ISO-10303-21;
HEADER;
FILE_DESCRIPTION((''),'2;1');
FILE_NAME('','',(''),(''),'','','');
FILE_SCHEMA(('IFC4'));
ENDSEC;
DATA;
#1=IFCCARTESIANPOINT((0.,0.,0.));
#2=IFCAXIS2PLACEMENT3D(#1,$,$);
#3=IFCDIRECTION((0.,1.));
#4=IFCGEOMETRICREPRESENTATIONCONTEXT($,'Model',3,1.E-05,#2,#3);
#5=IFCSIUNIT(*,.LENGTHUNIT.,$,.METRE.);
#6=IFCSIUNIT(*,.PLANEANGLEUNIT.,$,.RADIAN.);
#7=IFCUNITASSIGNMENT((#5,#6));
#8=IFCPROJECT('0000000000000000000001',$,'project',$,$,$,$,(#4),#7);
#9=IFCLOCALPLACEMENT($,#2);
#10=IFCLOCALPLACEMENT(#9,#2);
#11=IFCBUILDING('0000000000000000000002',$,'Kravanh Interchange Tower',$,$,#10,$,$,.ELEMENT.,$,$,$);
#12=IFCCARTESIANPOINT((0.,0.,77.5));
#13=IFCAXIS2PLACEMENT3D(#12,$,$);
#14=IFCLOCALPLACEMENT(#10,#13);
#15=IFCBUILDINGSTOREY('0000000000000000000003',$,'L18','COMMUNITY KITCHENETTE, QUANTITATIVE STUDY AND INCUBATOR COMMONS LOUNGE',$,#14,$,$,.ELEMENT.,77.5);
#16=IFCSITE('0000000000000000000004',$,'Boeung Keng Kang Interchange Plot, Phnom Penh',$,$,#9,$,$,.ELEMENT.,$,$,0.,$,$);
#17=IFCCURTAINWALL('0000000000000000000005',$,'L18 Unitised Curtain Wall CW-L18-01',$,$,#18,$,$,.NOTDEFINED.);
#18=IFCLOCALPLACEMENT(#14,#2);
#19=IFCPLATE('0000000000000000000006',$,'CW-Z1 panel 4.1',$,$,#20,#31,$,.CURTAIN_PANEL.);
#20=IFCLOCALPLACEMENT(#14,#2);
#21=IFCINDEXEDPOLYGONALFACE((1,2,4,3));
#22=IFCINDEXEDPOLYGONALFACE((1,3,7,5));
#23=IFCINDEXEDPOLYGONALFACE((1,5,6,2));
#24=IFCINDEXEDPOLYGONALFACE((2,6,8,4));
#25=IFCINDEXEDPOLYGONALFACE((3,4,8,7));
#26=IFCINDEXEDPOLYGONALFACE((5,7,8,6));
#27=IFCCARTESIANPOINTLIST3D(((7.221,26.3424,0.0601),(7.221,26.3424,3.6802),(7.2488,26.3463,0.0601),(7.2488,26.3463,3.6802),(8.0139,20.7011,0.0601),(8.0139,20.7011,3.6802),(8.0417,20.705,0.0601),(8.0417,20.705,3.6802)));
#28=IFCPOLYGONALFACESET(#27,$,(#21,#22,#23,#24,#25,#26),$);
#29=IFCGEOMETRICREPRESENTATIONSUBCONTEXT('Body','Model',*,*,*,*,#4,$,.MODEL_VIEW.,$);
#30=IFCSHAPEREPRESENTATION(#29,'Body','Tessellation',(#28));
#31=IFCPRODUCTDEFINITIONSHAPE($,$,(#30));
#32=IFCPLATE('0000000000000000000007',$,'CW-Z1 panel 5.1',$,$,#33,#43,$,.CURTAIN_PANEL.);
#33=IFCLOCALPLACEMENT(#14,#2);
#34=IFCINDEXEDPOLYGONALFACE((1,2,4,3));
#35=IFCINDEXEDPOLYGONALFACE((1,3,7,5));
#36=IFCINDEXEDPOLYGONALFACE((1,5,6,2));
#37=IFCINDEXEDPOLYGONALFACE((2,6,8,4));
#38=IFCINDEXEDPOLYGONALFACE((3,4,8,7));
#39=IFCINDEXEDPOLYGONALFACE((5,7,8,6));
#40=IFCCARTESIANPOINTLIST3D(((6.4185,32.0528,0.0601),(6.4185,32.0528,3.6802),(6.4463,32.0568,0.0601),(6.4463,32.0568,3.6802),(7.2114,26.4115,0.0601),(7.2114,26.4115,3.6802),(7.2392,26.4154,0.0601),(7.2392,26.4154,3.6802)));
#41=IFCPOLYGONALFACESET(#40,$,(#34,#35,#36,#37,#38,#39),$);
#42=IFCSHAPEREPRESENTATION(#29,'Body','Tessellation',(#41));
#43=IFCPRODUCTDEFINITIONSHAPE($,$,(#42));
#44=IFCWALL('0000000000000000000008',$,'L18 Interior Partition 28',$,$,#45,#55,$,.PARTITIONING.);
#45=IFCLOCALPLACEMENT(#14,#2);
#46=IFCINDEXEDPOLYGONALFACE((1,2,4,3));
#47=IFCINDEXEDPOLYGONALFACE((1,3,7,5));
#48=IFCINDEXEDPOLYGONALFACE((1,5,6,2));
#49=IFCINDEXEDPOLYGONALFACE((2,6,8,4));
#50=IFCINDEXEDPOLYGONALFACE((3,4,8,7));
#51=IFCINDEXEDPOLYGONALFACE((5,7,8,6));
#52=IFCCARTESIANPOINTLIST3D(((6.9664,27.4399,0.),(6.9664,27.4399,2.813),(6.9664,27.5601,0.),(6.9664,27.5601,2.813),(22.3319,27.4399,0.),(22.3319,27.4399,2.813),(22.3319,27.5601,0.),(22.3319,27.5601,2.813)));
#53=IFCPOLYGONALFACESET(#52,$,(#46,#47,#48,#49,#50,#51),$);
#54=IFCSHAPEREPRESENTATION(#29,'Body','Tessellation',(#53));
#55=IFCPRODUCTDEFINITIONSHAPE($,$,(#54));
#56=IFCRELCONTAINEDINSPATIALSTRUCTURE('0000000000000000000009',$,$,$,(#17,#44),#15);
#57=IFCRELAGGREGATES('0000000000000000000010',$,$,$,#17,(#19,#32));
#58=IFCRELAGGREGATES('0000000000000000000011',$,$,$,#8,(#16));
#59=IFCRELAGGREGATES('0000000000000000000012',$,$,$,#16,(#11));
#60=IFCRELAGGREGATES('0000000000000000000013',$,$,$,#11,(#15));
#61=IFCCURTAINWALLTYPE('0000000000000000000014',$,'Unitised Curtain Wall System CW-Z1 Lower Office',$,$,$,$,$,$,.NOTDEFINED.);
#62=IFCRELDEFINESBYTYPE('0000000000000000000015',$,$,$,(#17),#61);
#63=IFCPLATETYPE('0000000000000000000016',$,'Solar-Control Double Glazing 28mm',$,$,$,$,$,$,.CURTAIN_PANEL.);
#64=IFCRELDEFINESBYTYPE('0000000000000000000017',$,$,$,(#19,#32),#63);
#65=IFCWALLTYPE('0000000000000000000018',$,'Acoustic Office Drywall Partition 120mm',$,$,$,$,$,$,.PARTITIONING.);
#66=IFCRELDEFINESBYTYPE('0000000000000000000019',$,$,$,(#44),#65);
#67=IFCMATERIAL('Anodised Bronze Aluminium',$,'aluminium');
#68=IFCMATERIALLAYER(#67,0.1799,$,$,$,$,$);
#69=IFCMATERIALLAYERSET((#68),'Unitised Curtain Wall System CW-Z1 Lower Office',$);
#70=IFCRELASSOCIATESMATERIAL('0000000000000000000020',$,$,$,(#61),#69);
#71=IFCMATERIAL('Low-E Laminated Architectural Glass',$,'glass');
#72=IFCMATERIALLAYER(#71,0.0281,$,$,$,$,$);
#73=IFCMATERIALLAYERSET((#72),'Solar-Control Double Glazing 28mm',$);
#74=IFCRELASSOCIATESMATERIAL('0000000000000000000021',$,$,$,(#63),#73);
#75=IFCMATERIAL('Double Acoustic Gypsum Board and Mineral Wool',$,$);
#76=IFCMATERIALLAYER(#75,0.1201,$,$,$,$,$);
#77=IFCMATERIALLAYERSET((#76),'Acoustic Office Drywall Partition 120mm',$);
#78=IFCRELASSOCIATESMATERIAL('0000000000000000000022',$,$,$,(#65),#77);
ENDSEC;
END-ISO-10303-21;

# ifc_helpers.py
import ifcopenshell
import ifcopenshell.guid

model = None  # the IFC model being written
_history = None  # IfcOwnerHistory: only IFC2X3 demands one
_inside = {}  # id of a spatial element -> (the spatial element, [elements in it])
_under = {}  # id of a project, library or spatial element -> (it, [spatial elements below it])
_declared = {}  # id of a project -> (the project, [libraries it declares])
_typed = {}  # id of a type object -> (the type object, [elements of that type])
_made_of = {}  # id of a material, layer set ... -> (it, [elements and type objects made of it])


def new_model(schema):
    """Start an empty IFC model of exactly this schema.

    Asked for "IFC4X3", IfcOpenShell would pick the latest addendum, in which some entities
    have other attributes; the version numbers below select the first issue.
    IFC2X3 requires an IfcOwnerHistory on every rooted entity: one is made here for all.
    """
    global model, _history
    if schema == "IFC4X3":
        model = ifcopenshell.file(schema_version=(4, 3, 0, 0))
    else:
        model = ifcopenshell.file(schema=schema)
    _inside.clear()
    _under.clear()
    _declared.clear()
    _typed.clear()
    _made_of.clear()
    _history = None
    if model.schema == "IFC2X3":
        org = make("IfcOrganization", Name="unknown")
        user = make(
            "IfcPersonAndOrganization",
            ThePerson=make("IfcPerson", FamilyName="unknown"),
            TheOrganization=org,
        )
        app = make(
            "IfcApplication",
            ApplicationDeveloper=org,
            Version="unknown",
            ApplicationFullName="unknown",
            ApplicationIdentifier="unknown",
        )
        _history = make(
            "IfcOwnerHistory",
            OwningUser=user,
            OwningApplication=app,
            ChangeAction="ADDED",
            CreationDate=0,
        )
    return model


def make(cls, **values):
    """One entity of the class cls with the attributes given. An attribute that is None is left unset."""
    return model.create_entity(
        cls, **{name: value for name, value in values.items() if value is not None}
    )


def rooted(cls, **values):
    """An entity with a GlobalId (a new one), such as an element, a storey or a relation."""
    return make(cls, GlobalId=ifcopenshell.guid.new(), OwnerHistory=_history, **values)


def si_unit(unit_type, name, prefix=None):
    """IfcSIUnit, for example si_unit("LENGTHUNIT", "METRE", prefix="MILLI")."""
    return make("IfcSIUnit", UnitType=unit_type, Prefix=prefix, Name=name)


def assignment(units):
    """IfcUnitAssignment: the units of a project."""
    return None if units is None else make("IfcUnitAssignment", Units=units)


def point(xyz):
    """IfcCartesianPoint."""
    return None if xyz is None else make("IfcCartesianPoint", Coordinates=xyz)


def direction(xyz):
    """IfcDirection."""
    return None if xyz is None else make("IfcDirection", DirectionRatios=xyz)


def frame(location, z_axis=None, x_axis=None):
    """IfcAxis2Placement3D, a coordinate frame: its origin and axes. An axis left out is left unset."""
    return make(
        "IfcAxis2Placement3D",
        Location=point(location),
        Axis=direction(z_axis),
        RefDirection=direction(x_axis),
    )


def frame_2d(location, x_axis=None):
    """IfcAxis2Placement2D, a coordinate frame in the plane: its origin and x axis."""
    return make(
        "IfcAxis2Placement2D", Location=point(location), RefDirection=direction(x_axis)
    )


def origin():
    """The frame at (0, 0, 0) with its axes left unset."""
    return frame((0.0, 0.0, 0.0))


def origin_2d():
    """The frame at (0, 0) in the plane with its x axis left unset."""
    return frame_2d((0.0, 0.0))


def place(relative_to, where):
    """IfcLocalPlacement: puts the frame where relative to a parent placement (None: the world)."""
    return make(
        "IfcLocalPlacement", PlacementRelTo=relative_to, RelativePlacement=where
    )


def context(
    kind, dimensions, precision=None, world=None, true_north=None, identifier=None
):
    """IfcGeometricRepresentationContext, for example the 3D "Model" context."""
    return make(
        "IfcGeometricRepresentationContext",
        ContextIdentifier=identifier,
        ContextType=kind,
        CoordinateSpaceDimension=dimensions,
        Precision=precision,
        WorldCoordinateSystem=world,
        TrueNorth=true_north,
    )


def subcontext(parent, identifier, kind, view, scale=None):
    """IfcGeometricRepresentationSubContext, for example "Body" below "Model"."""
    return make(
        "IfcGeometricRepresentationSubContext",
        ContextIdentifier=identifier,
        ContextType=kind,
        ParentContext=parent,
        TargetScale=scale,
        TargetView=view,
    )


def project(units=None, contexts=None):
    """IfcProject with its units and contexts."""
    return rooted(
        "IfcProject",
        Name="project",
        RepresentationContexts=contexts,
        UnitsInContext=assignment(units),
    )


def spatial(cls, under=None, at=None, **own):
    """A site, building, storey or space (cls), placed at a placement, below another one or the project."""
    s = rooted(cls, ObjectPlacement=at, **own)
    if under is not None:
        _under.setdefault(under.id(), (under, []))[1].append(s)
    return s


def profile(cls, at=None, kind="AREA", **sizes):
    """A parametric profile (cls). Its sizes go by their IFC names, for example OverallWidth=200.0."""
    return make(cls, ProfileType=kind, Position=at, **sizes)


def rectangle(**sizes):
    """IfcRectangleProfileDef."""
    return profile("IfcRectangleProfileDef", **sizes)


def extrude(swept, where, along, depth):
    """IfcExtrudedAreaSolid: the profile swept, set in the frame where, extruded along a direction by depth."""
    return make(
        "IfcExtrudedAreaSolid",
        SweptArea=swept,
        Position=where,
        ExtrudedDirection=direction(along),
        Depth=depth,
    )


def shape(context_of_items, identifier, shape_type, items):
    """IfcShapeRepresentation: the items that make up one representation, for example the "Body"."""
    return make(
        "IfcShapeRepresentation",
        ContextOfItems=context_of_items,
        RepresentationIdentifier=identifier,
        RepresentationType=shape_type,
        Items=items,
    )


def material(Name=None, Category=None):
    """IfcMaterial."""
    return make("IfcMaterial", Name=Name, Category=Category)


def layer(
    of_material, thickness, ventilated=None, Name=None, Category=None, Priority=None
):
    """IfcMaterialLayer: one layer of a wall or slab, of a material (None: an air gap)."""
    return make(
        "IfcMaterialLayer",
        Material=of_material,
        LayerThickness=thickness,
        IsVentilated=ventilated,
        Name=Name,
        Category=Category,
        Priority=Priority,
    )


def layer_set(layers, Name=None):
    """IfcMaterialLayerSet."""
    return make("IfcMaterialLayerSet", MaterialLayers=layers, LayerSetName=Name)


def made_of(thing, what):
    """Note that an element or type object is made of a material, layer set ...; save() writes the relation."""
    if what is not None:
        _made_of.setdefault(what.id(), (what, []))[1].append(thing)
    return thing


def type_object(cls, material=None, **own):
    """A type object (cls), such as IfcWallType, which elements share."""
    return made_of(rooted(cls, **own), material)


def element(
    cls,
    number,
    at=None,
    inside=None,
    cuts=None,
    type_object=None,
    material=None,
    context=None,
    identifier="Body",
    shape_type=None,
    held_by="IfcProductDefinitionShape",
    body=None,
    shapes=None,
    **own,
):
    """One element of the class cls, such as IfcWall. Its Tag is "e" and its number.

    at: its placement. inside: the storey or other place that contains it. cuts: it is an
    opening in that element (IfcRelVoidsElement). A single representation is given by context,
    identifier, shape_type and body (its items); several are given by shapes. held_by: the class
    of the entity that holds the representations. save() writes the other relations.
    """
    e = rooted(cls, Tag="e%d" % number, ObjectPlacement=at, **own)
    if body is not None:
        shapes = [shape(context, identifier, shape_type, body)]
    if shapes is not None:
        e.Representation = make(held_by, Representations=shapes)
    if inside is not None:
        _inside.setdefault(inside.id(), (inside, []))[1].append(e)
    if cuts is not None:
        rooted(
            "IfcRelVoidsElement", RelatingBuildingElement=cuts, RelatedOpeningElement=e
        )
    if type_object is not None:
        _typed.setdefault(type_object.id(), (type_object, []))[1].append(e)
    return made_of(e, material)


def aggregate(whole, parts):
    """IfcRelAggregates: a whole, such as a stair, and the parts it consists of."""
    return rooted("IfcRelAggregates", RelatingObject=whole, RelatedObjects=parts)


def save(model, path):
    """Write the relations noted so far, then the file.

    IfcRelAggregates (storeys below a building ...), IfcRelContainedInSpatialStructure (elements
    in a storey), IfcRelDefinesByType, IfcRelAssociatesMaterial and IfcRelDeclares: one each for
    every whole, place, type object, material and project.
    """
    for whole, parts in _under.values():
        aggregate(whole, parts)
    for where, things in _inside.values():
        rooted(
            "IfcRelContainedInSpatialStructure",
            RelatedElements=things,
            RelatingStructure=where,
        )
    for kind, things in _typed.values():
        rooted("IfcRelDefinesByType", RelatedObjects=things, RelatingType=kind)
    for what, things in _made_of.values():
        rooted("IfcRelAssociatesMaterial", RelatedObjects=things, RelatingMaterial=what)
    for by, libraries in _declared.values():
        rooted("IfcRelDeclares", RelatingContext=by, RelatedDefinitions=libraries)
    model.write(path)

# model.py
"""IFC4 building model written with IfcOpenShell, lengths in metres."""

from ifc_helpers import new_model, si_unit, direction, frame, frame_2d, origin, origin_2d, place, context, subcontext, project, spatial, rectangle, extrude, material, layer, layer_set, type_object, element, aggregate, save


model = new_model("IFC4")

# Units and contexts
model_context = context("Model", 3, precision=1e-05, world=origin(), true_north=direction((0.0, 1.0)))
body_context = subcontext(model_context, "Body", "Model", "MODEL_VIEW")
ifc_project = project(units=[si_unit("LENGTHUNIT", "METRE"), si_unit("PLANEANGLEUNIT", "RADIAN")], contexts=[model_context])

# Site, building, storey
site_placement = place(None, origin())
site = spatial("IfcSite", under=ifc_project, at=site_placement, Name="Boeung Keng Kang Interchange Plot, Phnom Penh", CompositionType="ELEMENT", RefElevation=0.0)
building_placement = place(site_placement, origin())
building = spatial("IfcBuilding", under=site, at=building_placement, Name="Kravanh Interchange Tower", CompositionType="ELEMENT")
storey_placement = place(building_placement, frame((0.0, 0.0, 77.5)))
storey = spatial("IfcBuildingStorey", under=building, at=storey_placement, Name="L18", Description="COMMUNITY KITCHENETTE, QUANTITATIVE STUDY AND INCUBATOR COMMONS LOUNGE", CompositionType="ELEMENT", Elevation=77.5)

# Curtain wall
ifc_material_1 = material(Name="Anodised Bronze Aluminium", Category="aluminium")
ifc_layer_1 = layer(ifc_material_1, 0.1799)
ifc_layer_set_1 = layer_set([ifc_layer_1], Name="Unitised Curtain Wall System CW-Z1 Lower Office")
curtain_wall_type = type_object("IfcCurtainWallType", Name="Unitised Curtain Wall System CW-Z1 Lower Office", PredefinedType="NOTDEFINED", material=ifc_layer_set_1)
curtain_wall_placement = place(storey_placement, origin())
curtain_wall = element("IfcCurtainWall", 1, at=curtain_wall_placement, inside=storey, type_object=curtain_wall_type, Name="L18 Unitised Curtain Wall CW-L18-01", PredefinedType="NOTDEFINED")

# Plates
ifc_material_2 = material(Name="Low-E Laminated Architectural Glass", Category="glass")
ifc_layer_2 = layer(ifc_material_2, 0.0281)
ifc_layer_set_2 = layer_set([ifc_layer_2], Name="Solar-Control Double Glazing 28mm")
plate_type = type_object("IfcPlateType", Name="Solar-Control Double Glazing 28mm", PredefinedType="CURTAIN_PANEL", material=ifc_layer_set_2)
plate_1_placement = place(storey_placement, frame((7.6313, 23.5237, 0.0601), z_axis=(0.0, 0.0, 1.0), x_axis=(-0.139177, 0.990268, 0.0)))
plate_1 = element("IfcPlate", 2, at=plate_1_placement, type_object=plate_type, Name="CW-Z1 panel 4.1", PredefinedType="CURTAIN_PANEL", context=body_context, shape_type="SweptSolid", body=[
    extrude(rectangle(XDim=5.6968, YDim=0.0281, at=origin_2d()), origin(), (0.0, 0.0, 1.0), 3.6201),
])
plate_2_placement = place(storey_placement, frame((6.8289, 29.2341, 0.0601), z_axis=(0.0, 0.0, 1.0), x_axis=(-0.139177, 0.990268, 0.0)))
plate_2 = element("IfcPlate", 3, at=plate_2_placement, type_object=plate_type, Name="CW-Z1 panel 5.1", PredefinedType="CURTAIN_PANEL", context=body_context, shape_type="SweptSolid", body=[
    extrude(rectangle(XDim=5.6968, YDim=0.0281, at=origin_2d()), origin(), (0.0, 0.0, 1.0), 3.6201),
])
aggregate(curtain_wall, [plate_1, plate_2])

# Wall
ifc_material_3 = material(Name="Double Acoustic Gypsum Board and Mineral Wool")
ifc_layer_3 = layer(ifc_material_3, 0.1201)
ifc_layer_set_3 = layer_set([ifc_layer_3], Name="Acoustic Office Drywall Partition 120mm")
wall_type = type_object("IfcWallType", Name="Acoustic Office Drywall Partition 120mm", PredefinedType="PARTITIONING", material=ifc_layer_set_3)
wall_placement = place(storey_placement, frame((6.9666, 27.5, 0.0), z_axis=(0.0, 0.0, 1.0), x_axis=(1.0, 0.0, 0.0)))
element("IfcWall", 4, at=wall_placement, inside=storey, type_object=wall_type, Name="L18 Interior Partition 28", PredefinedType="PARTITIONING", context=body_context, shape_type="SweptSolid", body=[
    extrude(rectangle(XDim=15.3655, YDim=0.1201, at=frame_2d((7.6826, 0.0))), origin(), (0.0, 0.0, 1.0), 2.813),
])

save(model, "model.ifc")
